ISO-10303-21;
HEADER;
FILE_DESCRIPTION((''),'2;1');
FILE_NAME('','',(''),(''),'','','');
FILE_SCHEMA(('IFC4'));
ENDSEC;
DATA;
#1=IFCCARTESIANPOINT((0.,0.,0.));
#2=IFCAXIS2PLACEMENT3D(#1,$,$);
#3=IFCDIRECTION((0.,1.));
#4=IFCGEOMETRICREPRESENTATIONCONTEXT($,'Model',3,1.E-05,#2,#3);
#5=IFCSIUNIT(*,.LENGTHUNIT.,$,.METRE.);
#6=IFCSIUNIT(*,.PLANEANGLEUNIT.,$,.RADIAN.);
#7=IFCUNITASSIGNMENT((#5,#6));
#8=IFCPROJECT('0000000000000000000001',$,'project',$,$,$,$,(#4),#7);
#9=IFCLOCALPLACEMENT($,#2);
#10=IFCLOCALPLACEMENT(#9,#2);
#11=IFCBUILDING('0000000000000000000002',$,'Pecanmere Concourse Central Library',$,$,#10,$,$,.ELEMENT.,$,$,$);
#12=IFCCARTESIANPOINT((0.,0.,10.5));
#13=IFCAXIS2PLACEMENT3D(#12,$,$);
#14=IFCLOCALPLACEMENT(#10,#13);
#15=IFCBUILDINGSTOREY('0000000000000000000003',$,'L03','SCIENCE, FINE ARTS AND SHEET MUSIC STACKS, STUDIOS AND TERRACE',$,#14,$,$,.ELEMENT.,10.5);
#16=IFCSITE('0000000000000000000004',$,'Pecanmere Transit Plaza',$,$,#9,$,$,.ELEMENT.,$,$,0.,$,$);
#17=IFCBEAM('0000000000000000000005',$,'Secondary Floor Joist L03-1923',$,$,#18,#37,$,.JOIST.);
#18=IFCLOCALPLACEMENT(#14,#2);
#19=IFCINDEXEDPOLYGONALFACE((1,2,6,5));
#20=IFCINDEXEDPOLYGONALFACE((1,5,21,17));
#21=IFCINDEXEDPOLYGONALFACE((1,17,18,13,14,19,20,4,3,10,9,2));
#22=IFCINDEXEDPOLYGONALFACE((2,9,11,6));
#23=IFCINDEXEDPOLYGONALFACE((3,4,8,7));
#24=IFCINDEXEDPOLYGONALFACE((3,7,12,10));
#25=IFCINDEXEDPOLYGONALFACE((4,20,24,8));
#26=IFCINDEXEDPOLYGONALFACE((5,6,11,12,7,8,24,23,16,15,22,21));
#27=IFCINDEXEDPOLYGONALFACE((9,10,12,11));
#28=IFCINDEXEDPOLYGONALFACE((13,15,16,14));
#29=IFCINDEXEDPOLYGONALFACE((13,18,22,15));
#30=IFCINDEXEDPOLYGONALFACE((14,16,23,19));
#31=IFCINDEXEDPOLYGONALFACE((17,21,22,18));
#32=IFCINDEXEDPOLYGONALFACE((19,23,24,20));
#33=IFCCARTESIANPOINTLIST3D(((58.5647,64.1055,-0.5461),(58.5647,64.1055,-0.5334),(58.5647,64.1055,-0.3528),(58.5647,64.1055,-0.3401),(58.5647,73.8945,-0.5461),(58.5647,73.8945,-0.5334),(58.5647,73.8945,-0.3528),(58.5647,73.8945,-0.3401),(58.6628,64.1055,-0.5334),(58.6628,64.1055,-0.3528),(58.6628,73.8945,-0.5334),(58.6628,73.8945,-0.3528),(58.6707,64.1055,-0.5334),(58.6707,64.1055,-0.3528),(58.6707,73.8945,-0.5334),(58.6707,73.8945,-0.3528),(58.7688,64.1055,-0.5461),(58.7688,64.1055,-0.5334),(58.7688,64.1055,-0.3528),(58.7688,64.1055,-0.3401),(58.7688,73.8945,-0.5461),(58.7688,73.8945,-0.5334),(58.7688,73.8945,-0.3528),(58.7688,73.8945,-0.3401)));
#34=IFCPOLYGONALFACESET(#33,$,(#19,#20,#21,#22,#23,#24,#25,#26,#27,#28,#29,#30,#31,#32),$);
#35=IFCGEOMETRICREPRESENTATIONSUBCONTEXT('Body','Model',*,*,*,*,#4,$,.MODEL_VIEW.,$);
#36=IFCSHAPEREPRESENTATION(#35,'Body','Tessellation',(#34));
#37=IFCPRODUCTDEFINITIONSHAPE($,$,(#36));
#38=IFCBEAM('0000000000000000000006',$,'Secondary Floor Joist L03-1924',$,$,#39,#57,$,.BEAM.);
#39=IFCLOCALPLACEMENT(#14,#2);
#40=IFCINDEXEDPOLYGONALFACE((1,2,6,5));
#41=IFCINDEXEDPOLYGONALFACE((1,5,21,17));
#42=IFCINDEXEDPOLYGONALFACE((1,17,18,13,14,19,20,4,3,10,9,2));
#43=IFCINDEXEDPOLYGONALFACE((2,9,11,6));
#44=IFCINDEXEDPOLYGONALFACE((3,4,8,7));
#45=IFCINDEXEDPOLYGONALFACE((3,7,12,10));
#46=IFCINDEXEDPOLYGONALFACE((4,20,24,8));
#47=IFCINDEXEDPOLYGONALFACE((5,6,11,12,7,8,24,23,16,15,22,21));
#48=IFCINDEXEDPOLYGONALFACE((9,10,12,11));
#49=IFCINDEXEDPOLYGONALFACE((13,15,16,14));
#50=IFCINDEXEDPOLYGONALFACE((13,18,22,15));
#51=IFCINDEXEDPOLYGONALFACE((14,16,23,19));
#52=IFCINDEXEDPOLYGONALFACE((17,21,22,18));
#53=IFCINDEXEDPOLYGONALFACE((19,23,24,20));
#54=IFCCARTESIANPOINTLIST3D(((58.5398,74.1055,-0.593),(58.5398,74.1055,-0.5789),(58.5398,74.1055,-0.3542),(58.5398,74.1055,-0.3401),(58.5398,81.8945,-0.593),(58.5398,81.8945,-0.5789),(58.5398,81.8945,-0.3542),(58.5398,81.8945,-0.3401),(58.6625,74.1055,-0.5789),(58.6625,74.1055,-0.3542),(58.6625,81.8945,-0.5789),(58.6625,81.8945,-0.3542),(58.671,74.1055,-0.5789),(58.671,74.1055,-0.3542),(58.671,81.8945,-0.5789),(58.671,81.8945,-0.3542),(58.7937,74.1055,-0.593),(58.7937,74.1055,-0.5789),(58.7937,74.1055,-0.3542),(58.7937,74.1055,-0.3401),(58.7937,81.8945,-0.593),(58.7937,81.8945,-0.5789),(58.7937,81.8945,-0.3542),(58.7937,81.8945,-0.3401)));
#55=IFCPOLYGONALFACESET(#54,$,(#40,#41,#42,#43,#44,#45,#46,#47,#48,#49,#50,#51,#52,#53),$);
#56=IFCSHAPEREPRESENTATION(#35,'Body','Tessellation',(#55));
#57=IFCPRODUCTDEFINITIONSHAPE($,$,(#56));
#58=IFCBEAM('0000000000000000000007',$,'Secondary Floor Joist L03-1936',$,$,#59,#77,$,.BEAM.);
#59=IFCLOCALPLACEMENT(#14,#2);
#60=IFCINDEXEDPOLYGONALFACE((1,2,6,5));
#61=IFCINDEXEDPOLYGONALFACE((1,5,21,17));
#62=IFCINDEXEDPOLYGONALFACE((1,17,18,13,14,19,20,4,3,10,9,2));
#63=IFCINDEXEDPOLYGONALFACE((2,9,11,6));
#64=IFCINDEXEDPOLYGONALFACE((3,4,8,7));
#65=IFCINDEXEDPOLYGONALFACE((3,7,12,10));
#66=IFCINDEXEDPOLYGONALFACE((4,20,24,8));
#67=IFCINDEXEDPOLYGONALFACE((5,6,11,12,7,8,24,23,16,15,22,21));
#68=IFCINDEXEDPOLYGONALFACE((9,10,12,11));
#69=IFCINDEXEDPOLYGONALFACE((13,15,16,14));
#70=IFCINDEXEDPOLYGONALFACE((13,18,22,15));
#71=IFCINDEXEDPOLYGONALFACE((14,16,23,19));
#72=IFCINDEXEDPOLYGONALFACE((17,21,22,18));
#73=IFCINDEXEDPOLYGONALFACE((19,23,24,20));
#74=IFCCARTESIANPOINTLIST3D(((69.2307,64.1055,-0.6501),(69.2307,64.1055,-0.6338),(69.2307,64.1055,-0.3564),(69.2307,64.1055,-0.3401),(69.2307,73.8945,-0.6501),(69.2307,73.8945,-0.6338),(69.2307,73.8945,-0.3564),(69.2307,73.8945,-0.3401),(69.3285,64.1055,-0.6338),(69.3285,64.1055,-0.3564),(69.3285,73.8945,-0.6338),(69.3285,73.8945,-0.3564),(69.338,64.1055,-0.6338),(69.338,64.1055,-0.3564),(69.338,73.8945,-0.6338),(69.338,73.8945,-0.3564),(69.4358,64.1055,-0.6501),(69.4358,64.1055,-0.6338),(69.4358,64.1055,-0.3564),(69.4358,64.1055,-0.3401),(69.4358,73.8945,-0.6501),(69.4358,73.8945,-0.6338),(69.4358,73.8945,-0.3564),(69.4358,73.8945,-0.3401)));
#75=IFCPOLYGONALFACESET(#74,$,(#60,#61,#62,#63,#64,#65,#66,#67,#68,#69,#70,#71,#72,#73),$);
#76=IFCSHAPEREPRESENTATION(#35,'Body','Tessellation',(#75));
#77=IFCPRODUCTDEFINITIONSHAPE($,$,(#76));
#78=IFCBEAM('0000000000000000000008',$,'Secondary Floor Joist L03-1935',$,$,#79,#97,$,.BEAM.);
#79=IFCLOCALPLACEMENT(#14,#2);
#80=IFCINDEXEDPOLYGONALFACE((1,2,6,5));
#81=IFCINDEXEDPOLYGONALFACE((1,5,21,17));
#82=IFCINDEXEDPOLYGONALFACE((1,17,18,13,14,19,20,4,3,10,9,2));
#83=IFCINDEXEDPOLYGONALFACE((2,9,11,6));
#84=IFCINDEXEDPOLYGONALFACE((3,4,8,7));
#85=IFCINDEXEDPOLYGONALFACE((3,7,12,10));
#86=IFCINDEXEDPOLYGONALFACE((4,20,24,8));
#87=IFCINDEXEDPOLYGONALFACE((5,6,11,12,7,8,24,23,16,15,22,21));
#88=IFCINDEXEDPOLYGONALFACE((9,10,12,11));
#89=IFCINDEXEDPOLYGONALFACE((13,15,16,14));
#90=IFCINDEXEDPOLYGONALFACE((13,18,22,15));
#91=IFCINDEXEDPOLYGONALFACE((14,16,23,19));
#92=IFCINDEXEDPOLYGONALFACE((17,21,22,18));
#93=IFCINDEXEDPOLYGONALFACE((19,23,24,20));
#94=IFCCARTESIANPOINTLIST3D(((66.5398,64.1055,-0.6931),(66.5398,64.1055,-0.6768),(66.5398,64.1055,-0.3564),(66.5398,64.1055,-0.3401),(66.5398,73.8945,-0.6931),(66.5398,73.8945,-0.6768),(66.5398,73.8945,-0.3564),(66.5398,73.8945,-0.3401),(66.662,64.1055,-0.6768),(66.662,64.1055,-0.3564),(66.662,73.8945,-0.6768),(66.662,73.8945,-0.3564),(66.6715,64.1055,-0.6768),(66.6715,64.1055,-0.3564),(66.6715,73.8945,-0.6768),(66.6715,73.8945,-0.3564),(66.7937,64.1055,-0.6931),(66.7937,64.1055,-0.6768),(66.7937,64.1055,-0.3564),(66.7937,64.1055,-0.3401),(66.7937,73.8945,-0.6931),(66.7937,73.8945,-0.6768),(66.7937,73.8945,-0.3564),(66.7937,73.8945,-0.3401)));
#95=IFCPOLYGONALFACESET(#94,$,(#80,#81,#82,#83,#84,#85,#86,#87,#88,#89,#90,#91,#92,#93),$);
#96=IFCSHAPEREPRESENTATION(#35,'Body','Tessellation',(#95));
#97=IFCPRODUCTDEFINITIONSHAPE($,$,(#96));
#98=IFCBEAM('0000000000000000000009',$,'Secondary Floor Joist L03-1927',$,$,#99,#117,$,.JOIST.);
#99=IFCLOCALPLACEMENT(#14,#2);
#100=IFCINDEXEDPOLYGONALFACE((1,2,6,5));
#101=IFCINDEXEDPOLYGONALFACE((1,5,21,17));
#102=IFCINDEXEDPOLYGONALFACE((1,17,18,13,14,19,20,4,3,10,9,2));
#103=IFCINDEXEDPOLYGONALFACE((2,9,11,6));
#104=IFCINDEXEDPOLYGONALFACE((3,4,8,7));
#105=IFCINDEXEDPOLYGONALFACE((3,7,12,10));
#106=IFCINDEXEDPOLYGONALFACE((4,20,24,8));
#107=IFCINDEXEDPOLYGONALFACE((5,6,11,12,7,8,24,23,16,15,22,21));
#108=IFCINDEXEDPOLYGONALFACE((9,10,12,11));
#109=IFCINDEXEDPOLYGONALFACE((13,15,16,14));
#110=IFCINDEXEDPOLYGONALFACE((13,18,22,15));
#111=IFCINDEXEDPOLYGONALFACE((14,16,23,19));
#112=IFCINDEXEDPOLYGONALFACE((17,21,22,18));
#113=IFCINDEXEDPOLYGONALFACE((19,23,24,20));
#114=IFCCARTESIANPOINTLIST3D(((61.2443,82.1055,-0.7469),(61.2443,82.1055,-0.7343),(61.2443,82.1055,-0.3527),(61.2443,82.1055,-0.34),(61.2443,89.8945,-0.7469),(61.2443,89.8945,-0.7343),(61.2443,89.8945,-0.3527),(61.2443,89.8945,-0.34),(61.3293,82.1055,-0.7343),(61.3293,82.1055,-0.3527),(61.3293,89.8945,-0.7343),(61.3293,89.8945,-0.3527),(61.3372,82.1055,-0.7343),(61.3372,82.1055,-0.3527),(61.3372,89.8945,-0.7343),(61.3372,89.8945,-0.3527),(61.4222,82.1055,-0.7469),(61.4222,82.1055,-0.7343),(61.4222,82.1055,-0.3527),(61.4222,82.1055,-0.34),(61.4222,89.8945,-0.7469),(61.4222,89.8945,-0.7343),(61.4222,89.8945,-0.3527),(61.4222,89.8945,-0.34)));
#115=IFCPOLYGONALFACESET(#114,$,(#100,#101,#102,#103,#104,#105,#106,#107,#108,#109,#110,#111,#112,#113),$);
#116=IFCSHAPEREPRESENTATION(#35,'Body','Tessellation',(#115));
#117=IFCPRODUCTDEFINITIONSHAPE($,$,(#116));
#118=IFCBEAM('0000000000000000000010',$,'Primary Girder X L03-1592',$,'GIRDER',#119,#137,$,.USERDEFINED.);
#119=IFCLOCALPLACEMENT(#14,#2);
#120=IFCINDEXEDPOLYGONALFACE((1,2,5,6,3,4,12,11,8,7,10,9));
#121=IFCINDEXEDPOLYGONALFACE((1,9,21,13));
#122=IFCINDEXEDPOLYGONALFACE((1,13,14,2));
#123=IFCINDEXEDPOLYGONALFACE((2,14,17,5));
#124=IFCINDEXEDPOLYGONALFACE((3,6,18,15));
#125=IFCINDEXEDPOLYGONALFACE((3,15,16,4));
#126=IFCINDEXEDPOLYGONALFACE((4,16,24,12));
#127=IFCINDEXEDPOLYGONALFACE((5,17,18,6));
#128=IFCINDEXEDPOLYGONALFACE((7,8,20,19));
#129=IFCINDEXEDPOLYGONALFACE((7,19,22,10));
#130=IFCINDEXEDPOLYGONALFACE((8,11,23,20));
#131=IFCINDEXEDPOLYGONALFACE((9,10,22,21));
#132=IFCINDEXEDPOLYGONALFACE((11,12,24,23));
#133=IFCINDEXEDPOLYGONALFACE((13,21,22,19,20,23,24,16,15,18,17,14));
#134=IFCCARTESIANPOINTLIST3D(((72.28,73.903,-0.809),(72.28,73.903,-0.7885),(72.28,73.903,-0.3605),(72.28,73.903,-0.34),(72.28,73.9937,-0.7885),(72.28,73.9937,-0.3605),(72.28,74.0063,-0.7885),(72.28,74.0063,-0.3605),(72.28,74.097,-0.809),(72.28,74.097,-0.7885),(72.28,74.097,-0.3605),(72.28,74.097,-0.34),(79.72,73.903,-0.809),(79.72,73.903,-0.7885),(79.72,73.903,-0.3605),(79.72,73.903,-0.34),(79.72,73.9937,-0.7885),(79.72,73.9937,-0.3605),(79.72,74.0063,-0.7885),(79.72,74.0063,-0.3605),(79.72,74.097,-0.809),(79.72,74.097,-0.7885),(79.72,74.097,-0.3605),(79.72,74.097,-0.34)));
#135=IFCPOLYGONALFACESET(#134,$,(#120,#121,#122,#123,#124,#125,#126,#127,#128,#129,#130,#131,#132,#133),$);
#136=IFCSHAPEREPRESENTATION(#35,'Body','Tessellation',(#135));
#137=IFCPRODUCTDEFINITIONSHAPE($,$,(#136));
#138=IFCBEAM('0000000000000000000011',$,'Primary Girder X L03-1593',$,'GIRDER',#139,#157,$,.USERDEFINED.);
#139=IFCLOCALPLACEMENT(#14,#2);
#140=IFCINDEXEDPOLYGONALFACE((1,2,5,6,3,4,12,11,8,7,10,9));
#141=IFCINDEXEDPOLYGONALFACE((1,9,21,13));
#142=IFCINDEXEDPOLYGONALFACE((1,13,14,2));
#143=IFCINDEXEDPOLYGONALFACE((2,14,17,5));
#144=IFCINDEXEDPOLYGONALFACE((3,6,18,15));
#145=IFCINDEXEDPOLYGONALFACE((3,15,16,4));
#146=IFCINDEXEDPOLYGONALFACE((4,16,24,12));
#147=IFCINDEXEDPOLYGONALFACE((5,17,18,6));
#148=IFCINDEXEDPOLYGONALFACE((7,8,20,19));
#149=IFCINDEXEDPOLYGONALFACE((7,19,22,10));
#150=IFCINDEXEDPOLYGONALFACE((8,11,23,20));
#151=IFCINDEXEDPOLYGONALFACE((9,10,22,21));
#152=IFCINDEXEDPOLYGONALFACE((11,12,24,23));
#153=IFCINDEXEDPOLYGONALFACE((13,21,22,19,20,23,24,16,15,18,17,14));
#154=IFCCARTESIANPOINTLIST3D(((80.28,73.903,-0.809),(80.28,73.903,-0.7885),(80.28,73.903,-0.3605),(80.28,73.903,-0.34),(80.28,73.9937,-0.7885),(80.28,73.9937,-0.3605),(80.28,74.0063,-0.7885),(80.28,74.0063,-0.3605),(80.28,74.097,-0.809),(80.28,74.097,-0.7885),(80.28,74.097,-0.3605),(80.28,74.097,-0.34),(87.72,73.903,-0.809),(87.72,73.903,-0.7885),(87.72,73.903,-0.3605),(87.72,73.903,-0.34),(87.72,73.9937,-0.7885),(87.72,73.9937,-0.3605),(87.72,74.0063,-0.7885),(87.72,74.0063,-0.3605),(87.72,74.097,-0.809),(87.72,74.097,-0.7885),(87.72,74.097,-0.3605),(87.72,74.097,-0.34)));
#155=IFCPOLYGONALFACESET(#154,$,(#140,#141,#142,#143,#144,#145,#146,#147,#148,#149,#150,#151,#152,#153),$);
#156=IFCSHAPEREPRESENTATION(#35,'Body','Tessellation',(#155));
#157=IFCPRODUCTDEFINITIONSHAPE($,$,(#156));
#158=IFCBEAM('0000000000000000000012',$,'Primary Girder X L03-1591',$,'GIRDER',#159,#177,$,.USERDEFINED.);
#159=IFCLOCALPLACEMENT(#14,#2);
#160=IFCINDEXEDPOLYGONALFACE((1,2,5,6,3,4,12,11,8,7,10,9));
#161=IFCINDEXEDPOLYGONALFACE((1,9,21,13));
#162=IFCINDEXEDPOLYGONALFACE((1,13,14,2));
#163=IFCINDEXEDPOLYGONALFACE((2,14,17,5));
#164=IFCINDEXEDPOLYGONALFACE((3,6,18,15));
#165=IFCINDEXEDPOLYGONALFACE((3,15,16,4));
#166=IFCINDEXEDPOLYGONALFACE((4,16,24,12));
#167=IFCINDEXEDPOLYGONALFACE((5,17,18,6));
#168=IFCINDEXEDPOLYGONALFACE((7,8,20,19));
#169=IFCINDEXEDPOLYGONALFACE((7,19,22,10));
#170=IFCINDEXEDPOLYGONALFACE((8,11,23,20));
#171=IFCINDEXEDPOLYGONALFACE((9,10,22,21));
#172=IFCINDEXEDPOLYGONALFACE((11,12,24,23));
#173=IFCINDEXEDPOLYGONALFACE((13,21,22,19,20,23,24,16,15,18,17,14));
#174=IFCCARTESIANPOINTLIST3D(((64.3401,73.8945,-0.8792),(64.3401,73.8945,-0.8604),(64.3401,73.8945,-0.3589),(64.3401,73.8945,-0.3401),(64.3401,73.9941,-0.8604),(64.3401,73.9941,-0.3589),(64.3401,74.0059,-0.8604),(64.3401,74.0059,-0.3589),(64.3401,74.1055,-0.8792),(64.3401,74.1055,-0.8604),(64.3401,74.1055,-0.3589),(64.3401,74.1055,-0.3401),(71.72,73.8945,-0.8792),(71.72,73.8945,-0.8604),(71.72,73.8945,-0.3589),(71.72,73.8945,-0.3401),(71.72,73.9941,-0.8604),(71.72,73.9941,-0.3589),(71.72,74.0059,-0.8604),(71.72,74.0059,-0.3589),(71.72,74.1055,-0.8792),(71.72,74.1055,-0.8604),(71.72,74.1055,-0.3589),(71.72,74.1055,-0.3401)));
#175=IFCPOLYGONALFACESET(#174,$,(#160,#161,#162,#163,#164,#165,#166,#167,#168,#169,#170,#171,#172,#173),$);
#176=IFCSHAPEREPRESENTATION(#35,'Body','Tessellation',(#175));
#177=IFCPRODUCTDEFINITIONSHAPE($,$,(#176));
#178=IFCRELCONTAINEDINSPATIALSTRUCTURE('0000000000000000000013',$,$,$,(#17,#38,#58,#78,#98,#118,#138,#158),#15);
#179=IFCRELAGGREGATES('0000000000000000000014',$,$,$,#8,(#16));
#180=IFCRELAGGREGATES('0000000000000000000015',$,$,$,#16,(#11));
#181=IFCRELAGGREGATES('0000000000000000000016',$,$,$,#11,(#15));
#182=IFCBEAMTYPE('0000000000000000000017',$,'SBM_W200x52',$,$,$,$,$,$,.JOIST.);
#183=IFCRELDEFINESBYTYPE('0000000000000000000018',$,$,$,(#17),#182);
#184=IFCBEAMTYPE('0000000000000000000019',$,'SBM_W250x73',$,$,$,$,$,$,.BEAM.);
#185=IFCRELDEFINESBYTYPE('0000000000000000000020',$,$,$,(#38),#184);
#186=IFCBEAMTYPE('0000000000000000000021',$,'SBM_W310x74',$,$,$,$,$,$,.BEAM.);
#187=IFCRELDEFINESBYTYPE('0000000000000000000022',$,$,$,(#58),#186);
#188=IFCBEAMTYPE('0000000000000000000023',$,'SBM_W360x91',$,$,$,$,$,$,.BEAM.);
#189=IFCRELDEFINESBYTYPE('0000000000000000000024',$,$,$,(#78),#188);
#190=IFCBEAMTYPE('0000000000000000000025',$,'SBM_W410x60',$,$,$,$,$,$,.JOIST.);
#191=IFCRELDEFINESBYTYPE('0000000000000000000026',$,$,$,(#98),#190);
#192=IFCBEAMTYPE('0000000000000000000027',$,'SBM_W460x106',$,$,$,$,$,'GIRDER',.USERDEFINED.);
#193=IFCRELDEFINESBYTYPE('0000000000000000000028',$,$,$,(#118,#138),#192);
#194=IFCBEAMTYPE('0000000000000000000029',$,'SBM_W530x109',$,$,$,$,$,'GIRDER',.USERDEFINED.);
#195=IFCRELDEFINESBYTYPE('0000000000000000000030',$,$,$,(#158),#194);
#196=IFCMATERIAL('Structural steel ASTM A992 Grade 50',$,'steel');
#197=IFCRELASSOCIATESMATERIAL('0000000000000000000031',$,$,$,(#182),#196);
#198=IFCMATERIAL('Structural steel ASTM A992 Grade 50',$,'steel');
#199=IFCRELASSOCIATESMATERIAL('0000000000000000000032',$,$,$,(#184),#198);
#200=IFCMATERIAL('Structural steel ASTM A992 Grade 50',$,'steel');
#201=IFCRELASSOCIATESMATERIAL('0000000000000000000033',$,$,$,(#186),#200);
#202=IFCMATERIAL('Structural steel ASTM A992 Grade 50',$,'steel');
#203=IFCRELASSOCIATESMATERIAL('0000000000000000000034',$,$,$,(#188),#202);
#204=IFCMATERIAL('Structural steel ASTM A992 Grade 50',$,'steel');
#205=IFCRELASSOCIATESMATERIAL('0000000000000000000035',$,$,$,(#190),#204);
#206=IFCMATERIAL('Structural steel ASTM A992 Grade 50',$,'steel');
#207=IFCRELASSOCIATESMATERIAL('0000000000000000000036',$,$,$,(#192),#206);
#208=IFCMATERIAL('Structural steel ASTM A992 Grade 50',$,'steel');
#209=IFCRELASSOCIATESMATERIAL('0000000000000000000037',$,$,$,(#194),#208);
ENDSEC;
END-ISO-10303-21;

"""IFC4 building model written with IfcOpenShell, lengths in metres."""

from ifc_helpers import new_model, si_unit, direction, frame, origin, origin_2d, place, context, subcontext, project, spatial, i_section, extrude, material, material_profile, profile_set, type_object, element, save


model = new_model("IFC4")

# Units and contexts
model_context = context("Model", 3, precision=1e-05, world=origin(), true_north=direction((0.0, 1.0)))
body_context = subcontext(model_context, "Body", "Model", "MODEL_VIEW")
ifc_project = project(units=[si_unit("LENGTHUNIT", "METRE"), si_unit("PLANEANGLEUNIT", "RADIAN")], contexts=[model_context])

# Site, building, storey
site_placement = place(None, origin())
site = spatial("IfcSite", under=ifc_project, at=site_placement, Name="Pecanmere Transit Plaza", CompositionType="ELEMENT", RefElevation=0.0)
building_placement = place(site_placement, origin())
building = spatial("IfcBuilding", under=site, at=building_placement, Name="Pecanmere Concourse Central Library", CompositionType="ELEMENT")
storey_placement = place(building_placement, frame((0.0, 0.0, 10.5)))
storey = spatial("IfcBuildingStorey", under=building, at=storey_placement, Name="L03", Description="SCIENCE, FINE ARTS AND SHEET MUSIC STACKS, STUDIOS AND TERRACE", CompositionType="ELEMENT", Elevation=10.5)

# Beams
ifc_material_1 = material(Name="Structural steel ASTM A992 Grade 50", Category="steel")
ifc_material_profile_1 = material_profile(ifc_material_1, i_section(OverallWidth=0.2041, OverallDepth=0.2061, WebThickness=0.0078, FlangeThickness=0.0127, at=origin_2d()), Name="W200x52")
ifc_profile_set_1 = profile_set([ifc_material_profile_1], Name="Structural steel ASTM A992 Grade 50")
beam_type_1 = type_object("IfcBeamType", Name="SBM_W200x52", PredefinedType="JOIST", material=ifc_profile_set_1)
beam_1_placement = place(storey_placement, frame((58.6667, 64.1055, -0.4431), z_axis=(0.0, 1.0, 0.0), x_axis=(-1.0, 0.0, 0.0)))
element("IfcBeam", 1, at=beam_1_placement, inside=storey, type_object=beam_type_1, Name="Secondary Floor Joist L03-1923", PredefinedType="JOIST", context=body_context, shape_type="SweptSolid", body=[
    extrude(i_section(OverallWidth=0.2041, OverallDepth=0.2061, WebThickness=0.0078, FlangeThickness=0.0127, at=origin_2d()), origin(), (0.0, 0.0, 1.0), 9.7891),
])
ifc_material_2 = material(Name="Structural steel ASTM A992 Grade 50", Category="steel")
ifc_material_profile_2 = material_profile(ifc_material_2, i_section(OverallWidth=0.2539, OverallDepth=0.2529, WebThickness=0.0085, FlangeThickness=0.0142, at=origin_2d()), Name="W250x73")
ifc_profile_set_2 = profile_set([ifc_material_profile_2], Name="Structural steel ASTM A992 Grade 50")
beam_type_2 = type_object("IfcBeamType", Name="SBM_W250x73", PredefinedType="BEAM", material=ifc_profile_set_2)
beam_2_placement = place(storey_placement, frame((58.6667, 74.1055, -0.4666), z_axis=(0.0, 1.0, 0.0), x_axis=(-1.0, 0.0, 0.0)))
element("IfcBeam", 2, at=beam_2_placement, inside=storey, type_object=beam_type_2, Name="Secondary Floor Joist L03-1924", PredefinedType="BEAM", context=body_context, shape_type="SweptSolid", body=[
    extrude(i_section(OverallWidth=0.2539, OverallDepth=0.2529, WebThickness=0.0085, FlangeThickness=0.0142, at=origin_2d()), origin(), (0.0, 0.0, 1.0), 7.7891),
])
ifc_material_3 = material(Name="Structural steel ASTM A992 Grade 50", Category="steel")
ifc_material_profile_3 = material_profile(ifc_material_3, i_section(OverallWidth=0.2051, OverallDepth=0.3101, WebThickness=0.0095, FlangeThickness=0.0164, at=origin_2d()), Name="W310x74")
ifc_profile_set_3 = profile_set([ifc_material_profile_3], Name="Structural steel ASTM A992 Grade 50")
beam_type_3 = type_object("IfcBeamType", Name="SBM_W310x74", PredefinedType="BEAM", material=ifc_profile_set_3)
beam_3_placement = place(storey_placement, frame((69.3333, 64.1055, -0.4951), z_axis=(0.0, 1.0, 0.0), x_axis=(-1.0, 0.0, 0.0)))
element("IfcBeam", 3, at=beam_3_placement, inside=storey, type_object=beam_type_3, Name="Secondary Floor Joist L03-1936", PredefinedType="BEAM", context=body_context, shape_type="SweptSolid", body=[
    extrude(i_section(OverallWidth=0.2051, OverallDepth=0.3101, WebThickness=0.0095, FlangeThickness=0.0164, at=origin_2d()), origin(), (0.0, 0.0, 1.0), 9.7891),
])
ifc_material_4 = material(Name="Structural steel ASTM A992 Grade 50", Category="steel")
ifc_material_profile_4 = material_profile(ifc_material_4, i_section(OverallWidth=0.2539, OverallDepth=0.353, WebThickness=0.0095, FlangeThickness=0.0164, at=origin_2d()), Name="W360x91")
ifc_profile_set_4 = profile_set([ifc_material_profile_4], Name="Structural steel ASTM A992 Grade 50")
beam_type_4 = type_object("IfcBeamType", Name="SBM_W360x91", PredefinedType="BEAM", material=ifc_profile_set_4)
beam_4_placement = place(storey_placement, frame((66.6667, 64.1055, -0.5166), z_axis=(0.0, 1.0, 0.0), x_axis=(-1.0, 0.0, 0.0)))
element("IfcBeam", 4, at=beam_4_placement, inside=storey, type_object=beam_type_4, Name="Secondary Floor Joist L03-1935", PredefinedType="BEAM", context=body_context, shape_type="SweptSolid", body=[
    extrude(i_section(OverallWidth=0.2539, OverallDepth=0.353, WebThickness=0.0095, FlangeThickness=0.0164, at=origin_2d()), origin(), (0.0, 0.0, 1.0), 9.7891),
])
ifc_material_5 = material(Name="Structural steel ASTM A992 Grade 50", Category="steel")
ifc_material_profile_5 = material_profile(ifc_material_5, i_section(OverallWidth=0.178, OverallDepth=0.407, WebThickness=0.0078, FlangeThickness=0.0127, at=origin_2d()), Name="W410x60")
ifc_profile_set_5 = profile_set([ifc_material_profile_5], Name="Structural steel ASTM A992 Grade 50")
beam_type_5 = type_object("IfcBeamType", Name="SBM_W410x60", PredefinedType="JOIST", material=ifc_profile_set_5)
beam_5_placement = place(storey_placement, frame((61.3333, 82.1055, -0.5435), z_axis=(0.0, 1.0, 0.0), x_axis=(-1.0, 0.0, 0.0)))
element("IfcBeam", 5, at=beam_5_placement, inside=storey, type_object=beam_type_5, Name="Secondary Floor Joist L03-1927", PredefinedType="JOIST", context=body_context, shape_type="SweptSolid", body=[
    extrude(i_section(OverallWidth=0.178, OverallDepth=0.407, WebThickness=0.0078, FlangeThickness=0.0127, at=origin_2d()), origin(), (0.0, 0.0, 1.0), 7.7891),
])
ifc_material_6 = material(Name="Structural steel ASTM A992 Grade 50", Category="steel")
ifc_material_profile_6 = material_profile(ifc_material_6, i_section(OverallWidth=0.1941, OverallDepth=0.469, WebThickness=0.0127, FlangeThickness=0.0205, at=origin_2d()), Name="W460x106")
ifc_profile_set_6 = profile_set([ifc_material_profile_6], Name="Structural steel ASTM A992 Grade 50")
beam_type_6 = type_object("IfcBeamType", Name="SBM_W460x106", ElementType="GIRDER", PredefinedType="USERDEFINED", material=ifc_profile_set_6)
for number, where, z_axis, x_axis, name in (
    (6, (72.28, 74.0, -0.5745), (1.0, 0.0, 0.0), (0.0, 1.0, 0.0), "Primary Girder X L03-1592"),
    (7, (80.28, 74.0, -0.5745), (1.0, 0.0, 0.0), (0.0, 1.0, 0.0), "Primary Girder X L03-1593"),
):
    element("IfcBeam", number, at=place(storey_placement, frame(where, z_axis=z_axis, x_axis=x_axis)), inside=storey, type_object=beam_type_6, Name=name, ObjectType="GIRDER", PredefinedType="USERDEFINED", context=body_context, shape_type="SweptSolid", body=[
        extrude(i_section(OverallWidth=0.1941, OverallDepth=0.469, WebThickness=0.0127, FlangeThickness=0.0205, at=origin_2d()), origin(), (0.0, 0.0, 1.0), 7.4399),
    ])
ifc_material_7 = material(Name="Structural steel ASTM A992 Grade 50", Category="steel")
ifc_material_profile_7 = material_profile(ifc_material_7, i_section(OverallWidth=0.2109, OverallDepth=0.5391, WebThickness=0.0117, FlangeThickness=0.0188, at=origin_2d()), Name="W530x109")
ifc_profile_set_7 = profile_set([ifc_material_profile_7], Name="Structural steel ASTM A992 Grade 50")
beam_type_7 = type_object("IfcBeamType", Name="SBM_W530x109", ElementType="GIRDER", PredefinedType="USERDEFINED", material=ifc_profile_set_7)
beam_6_placement = place(storey_placement, frame((64.3401, 74.0, -0.6096), z_axis=(1.0, 0.0, 0.0), x_axis=(0.0, 1.0, 0.0)))
element("IfcBeam", 8, at=beam_6_placement, inside=storey, type_object=beam_type_7, Name="Primary Girder X L03-1591", ObjectType="GIRDER", PredefinedType="USERDEFINED", context=body_context, shape_type="SweptSolid", body=[
    extrude(i_section(OverallWidth=0.2109, OverallDepth=0.5391, WebThickness=0.0117, FlangeThickness=0.0188, at=origin_2d()), origin(), (0.0, 0.0, 1.0), 7.3799),
])

save(model, "model.ifc")
